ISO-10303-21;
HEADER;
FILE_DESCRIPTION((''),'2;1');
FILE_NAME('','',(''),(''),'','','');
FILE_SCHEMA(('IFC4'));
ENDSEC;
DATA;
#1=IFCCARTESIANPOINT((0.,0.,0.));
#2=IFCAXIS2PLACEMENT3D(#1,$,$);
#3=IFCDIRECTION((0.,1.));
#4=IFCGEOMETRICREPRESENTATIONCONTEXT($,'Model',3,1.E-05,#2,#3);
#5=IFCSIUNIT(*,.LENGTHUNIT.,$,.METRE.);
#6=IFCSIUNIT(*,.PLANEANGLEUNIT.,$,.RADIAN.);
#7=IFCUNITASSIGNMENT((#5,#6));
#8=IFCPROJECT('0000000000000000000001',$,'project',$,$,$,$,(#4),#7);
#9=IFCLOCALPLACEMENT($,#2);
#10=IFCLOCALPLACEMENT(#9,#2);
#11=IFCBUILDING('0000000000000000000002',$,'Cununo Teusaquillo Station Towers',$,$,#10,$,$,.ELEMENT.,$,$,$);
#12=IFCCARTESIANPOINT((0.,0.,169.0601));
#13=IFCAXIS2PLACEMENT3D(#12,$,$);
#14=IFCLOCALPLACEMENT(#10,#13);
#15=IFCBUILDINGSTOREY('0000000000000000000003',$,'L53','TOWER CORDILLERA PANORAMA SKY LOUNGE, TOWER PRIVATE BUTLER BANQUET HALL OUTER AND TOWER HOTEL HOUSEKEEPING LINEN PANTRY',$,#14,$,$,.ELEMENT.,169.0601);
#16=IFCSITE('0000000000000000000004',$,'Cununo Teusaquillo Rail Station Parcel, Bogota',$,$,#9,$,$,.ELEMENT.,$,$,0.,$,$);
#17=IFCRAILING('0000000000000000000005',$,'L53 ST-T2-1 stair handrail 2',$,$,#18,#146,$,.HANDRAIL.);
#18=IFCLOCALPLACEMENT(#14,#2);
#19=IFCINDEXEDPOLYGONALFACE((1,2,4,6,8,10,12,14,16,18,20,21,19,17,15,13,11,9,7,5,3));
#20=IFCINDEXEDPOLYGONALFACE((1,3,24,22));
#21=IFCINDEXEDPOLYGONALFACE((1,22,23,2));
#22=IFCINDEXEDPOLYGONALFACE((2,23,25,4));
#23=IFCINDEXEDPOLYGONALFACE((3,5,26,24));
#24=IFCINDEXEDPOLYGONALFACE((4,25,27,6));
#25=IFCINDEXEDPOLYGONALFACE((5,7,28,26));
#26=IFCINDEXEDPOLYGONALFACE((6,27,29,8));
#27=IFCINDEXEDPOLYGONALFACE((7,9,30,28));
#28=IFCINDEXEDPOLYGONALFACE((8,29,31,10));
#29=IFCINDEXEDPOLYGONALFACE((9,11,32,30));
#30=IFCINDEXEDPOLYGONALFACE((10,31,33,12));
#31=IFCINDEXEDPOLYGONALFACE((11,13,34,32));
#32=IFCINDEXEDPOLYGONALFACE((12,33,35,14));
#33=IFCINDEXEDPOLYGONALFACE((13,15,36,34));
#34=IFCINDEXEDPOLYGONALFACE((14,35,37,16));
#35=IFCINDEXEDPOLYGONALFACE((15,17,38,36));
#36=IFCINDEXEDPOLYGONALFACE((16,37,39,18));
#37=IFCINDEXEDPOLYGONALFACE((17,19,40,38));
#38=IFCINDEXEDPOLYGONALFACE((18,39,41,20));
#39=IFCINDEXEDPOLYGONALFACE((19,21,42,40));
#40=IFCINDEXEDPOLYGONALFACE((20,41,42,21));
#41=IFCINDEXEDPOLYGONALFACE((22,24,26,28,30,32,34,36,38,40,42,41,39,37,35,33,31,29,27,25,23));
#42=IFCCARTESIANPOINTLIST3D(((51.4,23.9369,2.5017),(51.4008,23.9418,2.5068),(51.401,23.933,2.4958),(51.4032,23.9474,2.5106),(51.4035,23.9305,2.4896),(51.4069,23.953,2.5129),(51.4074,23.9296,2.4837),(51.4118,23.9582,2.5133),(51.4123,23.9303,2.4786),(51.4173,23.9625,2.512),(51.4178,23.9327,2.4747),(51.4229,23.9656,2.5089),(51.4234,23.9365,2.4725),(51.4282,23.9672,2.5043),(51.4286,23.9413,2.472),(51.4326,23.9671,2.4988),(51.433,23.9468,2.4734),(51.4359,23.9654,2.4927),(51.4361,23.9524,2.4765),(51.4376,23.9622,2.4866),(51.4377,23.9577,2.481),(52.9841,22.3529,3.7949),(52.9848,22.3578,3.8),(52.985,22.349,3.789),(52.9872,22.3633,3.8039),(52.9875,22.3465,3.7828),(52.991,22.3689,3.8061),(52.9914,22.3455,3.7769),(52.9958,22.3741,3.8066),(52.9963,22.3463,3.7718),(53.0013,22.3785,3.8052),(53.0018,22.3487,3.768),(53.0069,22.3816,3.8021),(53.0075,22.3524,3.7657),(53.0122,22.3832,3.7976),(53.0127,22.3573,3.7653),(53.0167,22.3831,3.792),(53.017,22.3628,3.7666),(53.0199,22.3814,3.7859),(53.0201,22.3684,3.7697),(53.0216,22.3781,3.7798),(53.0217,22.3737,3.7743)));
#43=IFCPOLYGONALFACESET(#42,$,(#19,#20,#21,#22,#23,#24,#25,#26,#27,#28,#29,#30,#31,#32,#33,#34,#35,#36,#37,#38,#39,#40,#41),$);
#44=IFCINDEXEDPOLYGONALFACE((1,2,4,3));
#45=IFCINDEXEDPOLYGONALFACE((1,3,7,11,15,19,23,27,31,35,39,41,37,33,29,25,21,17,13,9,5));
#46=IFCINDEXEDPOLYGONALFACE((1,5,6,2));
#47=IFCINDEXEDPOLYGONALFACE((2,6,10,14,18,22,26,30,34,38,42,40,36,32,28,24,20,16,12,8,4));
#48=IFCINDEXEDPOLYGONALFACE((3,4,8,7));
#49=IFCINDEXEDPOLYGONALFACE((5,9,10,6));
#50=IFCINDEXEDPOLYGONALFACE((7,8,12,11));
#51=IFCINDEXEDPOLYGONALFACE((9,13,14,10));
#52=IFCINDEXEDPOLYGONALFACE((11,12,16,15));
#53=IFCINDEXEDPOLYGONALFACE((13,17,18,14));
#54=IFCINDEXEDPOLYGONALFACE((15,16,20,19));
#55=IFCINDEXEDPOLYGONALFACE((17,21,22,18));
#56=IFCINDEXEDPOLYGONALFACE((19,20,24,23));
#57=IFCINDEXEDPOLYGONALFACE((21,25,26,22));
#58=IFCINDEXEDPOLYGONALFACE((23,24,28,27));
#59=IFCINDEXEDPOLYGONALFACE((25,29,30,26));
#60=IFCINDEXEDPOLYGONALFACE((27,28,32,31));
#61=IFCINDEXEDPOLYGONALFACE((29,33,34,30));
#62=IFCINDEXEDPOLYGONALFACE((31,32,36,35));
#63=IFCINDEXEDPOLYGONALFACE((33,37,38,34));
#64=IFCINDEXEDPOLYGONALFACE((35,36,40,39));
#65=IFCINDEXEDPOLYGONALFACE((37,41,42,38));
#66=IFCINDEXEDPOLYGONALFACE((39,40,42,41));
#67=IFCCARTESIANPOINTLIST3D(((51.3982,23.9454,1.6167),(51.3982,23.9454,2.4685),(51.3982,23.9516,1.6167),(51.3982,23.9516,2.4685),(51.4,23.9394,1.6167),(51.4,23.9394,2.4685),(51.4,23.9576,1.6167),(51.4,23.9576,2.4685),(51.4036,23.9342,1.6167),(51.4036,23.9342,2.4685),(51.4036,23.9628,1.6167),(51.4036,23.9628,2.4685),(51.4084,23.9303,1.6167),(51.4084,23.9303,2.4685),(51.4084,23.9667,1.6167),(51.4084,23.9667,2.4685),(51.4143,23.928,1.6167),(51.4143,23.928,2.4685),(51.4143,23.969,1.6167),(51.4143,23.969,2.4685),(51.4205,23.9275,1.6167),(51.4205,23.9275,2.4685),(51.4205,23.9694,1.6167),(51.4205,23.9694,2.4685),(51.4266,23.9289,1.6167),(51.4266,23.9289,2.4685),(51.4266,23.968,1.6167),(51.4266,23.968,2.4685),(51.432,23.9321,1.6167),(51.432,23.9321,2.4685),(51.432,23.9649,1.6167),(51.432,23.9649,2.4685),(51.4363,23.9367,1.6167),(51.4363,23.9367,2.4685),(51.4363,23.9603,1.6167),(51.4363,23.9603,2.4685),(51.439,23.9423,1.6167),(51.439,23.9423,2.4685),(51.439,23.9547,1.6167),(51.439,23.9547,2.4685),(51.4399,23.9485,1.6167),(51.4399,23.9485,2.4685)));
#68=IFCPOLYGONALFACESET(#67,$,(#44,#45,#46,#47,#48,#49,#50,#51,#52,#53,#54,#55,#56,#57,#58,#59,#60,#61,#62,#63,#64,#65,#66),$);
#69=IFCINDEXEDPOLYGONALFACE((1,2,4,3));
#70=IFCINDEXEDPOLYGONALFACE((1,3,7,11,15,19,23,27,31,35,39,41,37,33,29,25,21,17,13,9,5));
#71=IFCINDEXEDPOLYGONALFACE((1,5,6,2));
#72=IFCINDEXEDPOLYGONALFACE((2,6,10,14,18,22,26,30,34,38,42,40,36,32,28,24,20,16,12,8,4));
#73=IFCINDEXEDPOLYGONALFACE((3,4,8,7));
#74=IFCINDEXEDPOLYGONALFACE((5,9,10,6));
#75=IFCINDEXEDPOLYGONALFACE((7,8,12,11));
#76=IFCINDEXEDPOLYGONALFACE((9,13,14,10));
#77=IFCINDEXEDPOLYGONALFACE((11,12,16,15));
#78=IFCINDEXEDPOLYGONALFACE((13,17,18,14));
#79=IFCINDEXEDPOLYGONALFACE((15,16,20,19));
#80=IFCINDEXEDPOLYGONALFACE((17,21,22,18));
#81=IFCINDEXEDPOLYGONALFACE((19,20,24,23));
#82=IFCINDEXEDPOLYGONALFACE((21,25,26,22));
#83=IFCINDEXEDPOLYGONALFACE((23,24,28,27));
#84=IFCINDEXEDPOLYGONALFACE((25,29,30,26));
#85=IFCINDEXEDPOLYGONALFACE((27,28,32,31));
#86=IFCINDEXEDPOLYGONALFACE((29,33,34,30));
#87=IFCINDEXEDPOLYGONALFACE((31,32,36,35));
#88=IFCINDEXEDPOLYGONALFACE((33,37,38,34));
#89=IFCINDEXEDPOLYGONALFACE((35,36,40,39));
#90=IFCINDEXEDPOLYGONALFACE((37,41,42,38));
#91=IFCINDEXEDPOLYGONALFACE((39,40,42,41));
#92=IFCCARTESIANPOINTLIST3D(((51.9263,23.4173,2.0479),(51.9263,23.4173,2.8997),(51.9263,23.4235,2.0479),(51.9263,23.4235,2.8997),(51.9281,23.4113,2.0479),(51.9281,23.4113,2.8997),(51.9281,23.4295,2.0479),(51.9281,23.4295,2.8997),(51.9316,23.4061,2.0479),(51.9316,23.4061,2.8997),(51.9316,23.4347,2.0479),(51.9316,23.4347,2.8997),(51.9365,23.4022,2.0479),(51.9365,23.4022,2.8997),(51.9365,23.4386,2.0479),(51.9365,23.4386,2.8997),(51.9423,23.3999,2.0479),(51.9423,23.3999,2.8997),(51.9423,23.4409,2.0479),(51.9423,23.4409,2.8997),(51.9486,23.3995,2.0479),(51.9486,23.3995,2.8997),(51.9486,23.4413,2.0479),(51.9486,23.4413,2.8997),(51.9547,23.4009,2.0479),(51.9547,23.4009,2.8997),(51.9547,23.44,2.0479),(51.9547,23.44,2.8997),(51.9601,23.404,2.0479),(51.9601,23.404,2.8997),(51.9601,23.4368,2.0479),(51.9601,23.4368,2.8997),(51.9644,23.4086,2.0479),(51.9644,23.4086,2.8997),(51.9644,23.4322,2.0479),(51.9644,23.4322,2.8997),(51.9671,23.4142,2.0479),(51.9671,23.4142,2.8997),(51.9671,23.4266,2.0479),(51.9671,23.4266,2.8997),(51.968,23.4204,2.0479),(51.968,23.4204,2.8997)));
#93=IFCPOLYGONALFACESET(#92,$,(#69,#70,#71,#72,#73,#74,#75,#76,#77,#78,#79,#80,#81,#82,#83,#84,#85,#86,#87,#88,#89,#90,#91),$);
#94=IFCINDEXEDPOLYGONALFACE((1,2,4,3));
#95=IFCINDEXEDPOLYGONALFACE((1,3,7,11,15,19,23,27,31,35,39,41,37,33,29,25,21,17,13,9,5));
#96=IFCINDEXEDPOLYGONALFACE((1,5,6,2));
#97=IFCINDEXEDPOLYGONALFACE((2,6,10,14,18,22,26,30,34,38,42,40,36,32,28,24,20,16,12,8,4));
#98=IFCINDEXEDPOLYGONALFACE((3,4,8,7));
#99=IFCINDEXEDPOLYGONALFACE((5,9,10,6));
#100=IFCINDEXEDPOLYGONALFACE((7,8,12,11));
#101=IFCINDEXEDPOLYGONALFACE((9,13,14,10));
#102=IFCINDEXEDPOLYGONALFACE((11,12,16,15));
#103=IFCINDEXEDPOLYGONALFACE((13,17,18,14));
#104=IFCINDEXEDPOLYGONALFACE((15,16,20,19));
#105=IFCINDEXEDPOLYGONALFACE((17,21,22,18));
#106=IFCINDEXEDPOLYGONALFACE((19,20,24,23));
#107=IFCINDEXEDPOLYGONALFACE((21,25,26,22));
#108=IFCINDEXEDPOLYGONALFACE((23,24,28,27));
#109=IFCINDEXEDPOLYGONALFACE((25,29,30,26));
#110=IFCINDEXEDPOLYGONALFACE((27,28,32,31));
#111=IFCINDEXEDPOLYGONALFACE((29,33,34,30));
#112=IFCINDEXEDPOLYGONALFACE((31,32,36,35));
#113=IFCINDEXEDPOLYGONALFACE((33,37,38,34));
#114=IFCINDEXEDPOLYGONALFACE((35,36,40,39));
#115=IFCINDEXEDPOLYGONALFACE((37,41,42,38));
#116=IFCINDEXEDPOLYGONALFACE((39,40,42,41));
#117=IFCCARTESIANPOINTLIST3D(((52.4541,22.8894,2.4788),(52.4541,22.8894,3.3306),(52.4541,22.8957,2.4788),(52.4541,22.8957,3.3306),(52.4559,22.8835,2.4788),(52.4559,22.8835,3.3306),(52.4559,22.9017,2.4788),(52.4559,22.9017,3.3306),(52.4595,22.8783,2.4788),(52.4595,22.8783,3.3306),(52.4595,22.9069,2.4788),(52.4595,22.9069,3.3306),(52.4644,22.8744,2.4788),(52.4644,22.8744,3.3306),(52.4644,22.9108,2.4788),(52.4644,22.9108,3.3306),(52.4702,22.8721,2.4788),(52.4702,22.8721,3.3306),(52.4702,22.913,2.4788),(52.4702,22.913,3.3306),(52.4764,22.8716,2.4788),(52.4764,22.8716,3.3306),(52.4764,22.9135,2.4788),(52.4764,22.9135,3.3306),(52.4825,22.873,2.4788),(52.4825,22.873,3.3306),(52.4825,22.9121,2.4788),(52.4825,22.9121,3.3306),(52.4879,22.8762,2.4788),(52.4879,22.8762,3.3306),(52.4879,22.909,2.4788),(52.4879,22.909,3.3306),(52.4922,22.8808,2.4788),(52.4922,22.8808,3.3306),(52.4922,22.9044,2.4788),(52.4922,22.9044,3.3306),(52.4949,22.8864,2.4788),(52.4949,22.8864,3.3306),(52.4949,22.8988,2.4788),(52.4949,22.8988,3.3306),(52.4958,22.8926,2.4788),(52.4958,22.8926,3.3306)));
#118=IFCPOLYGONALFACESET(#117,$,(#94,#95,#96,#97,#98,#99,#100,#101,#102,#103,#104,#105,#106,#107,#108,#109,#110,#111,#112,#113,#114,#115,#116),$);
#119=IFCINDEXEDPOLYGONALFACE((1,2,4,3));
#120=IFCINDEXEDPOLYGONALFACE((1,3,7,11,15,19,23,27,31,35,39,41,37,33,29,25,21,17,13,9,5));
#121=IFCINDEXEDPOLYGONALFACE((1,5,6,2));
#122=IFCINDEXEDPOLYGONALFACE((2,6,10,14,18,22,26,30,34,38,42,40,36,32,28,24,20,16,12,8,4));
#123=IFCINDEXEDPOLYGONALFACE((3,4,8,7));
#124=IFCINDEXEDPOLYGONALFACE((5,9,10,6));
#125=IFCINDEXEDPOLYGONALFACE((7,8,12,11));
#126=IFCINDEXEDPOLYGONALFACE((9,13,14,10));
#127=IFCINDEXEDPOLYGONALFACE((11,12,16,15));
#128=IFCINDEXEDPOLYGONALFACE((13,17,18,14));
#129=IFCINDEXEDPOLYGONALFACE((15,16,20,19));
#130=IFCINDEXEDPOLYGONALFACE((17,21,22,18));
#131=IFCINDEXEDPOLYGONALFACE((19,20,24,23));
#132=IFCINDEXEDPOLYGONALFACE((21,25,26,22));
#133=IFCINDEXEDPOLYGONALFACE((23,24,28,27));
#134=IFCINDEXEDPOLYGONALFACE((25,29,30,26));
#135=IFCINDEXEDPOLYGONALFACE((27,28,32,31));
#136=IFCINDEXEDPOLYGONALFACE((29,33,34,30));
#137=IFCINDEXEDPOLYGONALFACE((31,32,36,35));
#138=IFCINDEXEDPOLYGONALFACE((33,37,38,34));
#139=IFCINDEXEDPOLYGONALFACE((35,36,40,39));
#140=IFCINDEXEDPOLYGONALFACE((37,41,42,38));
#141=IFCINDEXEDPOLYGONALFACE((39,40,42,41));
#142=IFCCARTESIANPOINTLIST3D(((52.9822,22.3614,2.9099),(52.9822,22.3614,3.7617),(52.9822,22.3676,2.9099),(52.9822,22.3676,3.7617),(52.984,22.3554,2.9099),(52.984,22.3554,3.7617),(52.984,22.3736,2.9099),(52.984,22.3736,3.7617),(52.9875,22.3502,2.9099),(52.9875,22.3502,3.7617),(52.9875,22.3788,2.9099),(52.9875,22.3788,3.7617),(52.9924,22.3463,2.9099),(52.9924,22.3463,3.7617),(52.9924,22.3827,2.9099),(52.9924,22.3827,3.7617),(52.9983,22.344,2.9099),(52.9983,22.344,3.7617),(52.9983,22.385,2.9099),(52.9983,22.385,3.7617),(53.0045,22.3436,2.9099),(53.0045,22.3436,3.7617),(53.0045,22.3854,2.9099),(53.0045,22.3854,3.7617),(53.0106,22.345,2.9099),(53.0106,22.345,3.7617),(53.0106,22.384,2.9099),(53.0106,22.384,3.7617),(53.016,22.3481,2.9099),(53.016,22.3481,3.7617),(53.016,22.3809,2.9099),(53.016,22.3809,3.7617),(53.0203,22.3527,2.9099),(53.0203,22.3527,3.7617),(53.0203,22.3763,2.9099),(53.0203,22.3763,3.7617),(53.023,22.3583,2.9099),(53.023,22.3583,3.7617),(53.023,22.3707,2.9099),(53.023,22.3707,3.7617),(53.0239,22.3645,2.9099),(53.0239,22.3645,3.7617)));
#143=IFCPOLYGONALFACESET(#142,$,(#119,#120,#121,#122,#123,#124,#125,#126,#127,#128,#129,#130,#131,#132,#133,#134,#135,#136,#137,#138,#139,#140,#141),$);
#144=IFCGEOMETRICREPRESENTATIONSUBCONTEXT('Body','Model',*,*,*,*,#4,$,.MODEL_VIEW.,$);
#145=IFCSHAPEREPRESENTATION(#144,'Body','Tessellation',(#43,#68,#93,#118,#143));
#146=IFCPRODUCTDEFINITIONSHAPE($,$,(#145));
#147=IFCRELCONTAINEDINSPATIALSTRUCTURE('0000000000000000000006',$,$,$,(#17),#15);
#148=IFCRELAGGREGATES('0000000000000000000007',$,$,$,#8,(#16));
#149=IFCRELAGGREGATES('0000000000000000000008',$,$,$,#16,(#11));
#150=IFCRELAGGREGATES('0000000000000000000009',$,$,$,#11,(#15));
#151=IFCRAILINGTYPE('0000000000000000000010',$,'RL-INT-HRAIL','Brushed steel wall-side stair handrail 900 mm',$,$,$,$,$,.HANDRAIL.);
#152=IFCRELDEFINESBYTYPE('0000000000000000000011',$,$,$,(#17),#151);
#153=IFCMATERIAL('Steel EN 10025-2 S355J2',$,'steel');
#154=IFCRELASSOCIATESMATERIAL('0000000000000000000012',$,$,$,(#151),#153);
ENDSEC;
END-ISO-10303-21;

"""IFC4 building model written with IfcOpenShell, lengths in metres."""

from ifc_helpers import new_model, si_unit, direction, frame, origin, origin_2d, place, context, subcontext, project, spatial, circle, extrude, material, type_object, element, save


model = new_model("IFC4")

# Units and contexts
model_context = context("Model", 3, precision=1e-05, world=origin(), true_north=direction((0.0, 1.0)))
body_context = subcontext(model_context, "Body", "Model", "MODEL_VIEW")
ifc_project = project(units=[si_unit("LENGTHUNIT", "METRE"), si_unit("PLANEANGLEUNIT", "RADIAN")], contexts=[model_context])

# Site, building, storey
site_placement = place(None, origin())
site = spatial("IfcSite", under=ifc_project, at=site_placement, Name="Cununo Teusaquillo Rail Station Parcel, Bogota", CompositionType="ELEMENT", RefElevation=0.0)
building_placement = place(site_placement, origin())
building = spatial("IfcBuilding", under=site, at=building_placement, Name="Cununo Teusaquillo Station Towers", CompositionType="ELEMENT")
storey_placement = place(building_placement, frame((0.0, 0.0, 169.0601)))
storey = spatial("IfcBuildingStorey", under=building, at=storey_placement, Name="L53", Description="TOWER CORDILLERA PANORAMA SKY LOUNGE, TOWER PRIVATE BUTLER BANQUET HALL OUTER AND TOWER HOTEL HOUSEKEEPING LINEN PANTRY", CompositionType="ELEMENT", Elevation=169.0601)

# Railing
ifc_material_1 = material(Name="Steel EN 10025-2 S355J2", Category="steel")
railing_type = type_object("IfcRailingType", Name="RL-INT-HRAIL", Description="Brushed steel wall-side stair handrail 900 mm", PredefinedType="HANDRAIL", material=ifc_material_1)
railing_placement = place(storey_placement, frame((51.4189, 23.9485, 1.6167)))
element("IfcRailing", 1, at=railing_placement, inside=storey, type_object=railing_type, Name="L53 ST-T2-1 stair handrail 2", PredefinedType="HANDRAIL", context=body_context, shape_type="SweptSolid", body=[
    extrude(circle(Radius=0.0239, at=origin_2d()), frame((0.0, 0.0, 0.876), z_axis=(0.612385, -0.612385, 0.49997), x_axis=(0.707107, 0.707107, 0.0)), (0.0, 0.0, 1.0), 2.5867),
    extrude(circle(Radius=0.021, at=origin_2d()), origin(), (0.0, 0.0, 1.0), 0.8518),
    extrude(circle(Radius=0.021, at=origin_2d()), frame((0.5281, -0.5281, 0.4312)), (0.0, 0.0, 1.0), 0.8518),
    extrude(circle(Radius=0.021, at=origin_2d()), frame((1.0559, -1.0559, 0.8621)), (0.0, 0.0, 1.0), 0.8518),
    extrude(circle(Radius=0.021, at=origin_2d()), frame((1.584, -1.584, 1.2932)), (0.0, 0.0, 1.0), 0.8518),
])

save(model, "model.ifc")
